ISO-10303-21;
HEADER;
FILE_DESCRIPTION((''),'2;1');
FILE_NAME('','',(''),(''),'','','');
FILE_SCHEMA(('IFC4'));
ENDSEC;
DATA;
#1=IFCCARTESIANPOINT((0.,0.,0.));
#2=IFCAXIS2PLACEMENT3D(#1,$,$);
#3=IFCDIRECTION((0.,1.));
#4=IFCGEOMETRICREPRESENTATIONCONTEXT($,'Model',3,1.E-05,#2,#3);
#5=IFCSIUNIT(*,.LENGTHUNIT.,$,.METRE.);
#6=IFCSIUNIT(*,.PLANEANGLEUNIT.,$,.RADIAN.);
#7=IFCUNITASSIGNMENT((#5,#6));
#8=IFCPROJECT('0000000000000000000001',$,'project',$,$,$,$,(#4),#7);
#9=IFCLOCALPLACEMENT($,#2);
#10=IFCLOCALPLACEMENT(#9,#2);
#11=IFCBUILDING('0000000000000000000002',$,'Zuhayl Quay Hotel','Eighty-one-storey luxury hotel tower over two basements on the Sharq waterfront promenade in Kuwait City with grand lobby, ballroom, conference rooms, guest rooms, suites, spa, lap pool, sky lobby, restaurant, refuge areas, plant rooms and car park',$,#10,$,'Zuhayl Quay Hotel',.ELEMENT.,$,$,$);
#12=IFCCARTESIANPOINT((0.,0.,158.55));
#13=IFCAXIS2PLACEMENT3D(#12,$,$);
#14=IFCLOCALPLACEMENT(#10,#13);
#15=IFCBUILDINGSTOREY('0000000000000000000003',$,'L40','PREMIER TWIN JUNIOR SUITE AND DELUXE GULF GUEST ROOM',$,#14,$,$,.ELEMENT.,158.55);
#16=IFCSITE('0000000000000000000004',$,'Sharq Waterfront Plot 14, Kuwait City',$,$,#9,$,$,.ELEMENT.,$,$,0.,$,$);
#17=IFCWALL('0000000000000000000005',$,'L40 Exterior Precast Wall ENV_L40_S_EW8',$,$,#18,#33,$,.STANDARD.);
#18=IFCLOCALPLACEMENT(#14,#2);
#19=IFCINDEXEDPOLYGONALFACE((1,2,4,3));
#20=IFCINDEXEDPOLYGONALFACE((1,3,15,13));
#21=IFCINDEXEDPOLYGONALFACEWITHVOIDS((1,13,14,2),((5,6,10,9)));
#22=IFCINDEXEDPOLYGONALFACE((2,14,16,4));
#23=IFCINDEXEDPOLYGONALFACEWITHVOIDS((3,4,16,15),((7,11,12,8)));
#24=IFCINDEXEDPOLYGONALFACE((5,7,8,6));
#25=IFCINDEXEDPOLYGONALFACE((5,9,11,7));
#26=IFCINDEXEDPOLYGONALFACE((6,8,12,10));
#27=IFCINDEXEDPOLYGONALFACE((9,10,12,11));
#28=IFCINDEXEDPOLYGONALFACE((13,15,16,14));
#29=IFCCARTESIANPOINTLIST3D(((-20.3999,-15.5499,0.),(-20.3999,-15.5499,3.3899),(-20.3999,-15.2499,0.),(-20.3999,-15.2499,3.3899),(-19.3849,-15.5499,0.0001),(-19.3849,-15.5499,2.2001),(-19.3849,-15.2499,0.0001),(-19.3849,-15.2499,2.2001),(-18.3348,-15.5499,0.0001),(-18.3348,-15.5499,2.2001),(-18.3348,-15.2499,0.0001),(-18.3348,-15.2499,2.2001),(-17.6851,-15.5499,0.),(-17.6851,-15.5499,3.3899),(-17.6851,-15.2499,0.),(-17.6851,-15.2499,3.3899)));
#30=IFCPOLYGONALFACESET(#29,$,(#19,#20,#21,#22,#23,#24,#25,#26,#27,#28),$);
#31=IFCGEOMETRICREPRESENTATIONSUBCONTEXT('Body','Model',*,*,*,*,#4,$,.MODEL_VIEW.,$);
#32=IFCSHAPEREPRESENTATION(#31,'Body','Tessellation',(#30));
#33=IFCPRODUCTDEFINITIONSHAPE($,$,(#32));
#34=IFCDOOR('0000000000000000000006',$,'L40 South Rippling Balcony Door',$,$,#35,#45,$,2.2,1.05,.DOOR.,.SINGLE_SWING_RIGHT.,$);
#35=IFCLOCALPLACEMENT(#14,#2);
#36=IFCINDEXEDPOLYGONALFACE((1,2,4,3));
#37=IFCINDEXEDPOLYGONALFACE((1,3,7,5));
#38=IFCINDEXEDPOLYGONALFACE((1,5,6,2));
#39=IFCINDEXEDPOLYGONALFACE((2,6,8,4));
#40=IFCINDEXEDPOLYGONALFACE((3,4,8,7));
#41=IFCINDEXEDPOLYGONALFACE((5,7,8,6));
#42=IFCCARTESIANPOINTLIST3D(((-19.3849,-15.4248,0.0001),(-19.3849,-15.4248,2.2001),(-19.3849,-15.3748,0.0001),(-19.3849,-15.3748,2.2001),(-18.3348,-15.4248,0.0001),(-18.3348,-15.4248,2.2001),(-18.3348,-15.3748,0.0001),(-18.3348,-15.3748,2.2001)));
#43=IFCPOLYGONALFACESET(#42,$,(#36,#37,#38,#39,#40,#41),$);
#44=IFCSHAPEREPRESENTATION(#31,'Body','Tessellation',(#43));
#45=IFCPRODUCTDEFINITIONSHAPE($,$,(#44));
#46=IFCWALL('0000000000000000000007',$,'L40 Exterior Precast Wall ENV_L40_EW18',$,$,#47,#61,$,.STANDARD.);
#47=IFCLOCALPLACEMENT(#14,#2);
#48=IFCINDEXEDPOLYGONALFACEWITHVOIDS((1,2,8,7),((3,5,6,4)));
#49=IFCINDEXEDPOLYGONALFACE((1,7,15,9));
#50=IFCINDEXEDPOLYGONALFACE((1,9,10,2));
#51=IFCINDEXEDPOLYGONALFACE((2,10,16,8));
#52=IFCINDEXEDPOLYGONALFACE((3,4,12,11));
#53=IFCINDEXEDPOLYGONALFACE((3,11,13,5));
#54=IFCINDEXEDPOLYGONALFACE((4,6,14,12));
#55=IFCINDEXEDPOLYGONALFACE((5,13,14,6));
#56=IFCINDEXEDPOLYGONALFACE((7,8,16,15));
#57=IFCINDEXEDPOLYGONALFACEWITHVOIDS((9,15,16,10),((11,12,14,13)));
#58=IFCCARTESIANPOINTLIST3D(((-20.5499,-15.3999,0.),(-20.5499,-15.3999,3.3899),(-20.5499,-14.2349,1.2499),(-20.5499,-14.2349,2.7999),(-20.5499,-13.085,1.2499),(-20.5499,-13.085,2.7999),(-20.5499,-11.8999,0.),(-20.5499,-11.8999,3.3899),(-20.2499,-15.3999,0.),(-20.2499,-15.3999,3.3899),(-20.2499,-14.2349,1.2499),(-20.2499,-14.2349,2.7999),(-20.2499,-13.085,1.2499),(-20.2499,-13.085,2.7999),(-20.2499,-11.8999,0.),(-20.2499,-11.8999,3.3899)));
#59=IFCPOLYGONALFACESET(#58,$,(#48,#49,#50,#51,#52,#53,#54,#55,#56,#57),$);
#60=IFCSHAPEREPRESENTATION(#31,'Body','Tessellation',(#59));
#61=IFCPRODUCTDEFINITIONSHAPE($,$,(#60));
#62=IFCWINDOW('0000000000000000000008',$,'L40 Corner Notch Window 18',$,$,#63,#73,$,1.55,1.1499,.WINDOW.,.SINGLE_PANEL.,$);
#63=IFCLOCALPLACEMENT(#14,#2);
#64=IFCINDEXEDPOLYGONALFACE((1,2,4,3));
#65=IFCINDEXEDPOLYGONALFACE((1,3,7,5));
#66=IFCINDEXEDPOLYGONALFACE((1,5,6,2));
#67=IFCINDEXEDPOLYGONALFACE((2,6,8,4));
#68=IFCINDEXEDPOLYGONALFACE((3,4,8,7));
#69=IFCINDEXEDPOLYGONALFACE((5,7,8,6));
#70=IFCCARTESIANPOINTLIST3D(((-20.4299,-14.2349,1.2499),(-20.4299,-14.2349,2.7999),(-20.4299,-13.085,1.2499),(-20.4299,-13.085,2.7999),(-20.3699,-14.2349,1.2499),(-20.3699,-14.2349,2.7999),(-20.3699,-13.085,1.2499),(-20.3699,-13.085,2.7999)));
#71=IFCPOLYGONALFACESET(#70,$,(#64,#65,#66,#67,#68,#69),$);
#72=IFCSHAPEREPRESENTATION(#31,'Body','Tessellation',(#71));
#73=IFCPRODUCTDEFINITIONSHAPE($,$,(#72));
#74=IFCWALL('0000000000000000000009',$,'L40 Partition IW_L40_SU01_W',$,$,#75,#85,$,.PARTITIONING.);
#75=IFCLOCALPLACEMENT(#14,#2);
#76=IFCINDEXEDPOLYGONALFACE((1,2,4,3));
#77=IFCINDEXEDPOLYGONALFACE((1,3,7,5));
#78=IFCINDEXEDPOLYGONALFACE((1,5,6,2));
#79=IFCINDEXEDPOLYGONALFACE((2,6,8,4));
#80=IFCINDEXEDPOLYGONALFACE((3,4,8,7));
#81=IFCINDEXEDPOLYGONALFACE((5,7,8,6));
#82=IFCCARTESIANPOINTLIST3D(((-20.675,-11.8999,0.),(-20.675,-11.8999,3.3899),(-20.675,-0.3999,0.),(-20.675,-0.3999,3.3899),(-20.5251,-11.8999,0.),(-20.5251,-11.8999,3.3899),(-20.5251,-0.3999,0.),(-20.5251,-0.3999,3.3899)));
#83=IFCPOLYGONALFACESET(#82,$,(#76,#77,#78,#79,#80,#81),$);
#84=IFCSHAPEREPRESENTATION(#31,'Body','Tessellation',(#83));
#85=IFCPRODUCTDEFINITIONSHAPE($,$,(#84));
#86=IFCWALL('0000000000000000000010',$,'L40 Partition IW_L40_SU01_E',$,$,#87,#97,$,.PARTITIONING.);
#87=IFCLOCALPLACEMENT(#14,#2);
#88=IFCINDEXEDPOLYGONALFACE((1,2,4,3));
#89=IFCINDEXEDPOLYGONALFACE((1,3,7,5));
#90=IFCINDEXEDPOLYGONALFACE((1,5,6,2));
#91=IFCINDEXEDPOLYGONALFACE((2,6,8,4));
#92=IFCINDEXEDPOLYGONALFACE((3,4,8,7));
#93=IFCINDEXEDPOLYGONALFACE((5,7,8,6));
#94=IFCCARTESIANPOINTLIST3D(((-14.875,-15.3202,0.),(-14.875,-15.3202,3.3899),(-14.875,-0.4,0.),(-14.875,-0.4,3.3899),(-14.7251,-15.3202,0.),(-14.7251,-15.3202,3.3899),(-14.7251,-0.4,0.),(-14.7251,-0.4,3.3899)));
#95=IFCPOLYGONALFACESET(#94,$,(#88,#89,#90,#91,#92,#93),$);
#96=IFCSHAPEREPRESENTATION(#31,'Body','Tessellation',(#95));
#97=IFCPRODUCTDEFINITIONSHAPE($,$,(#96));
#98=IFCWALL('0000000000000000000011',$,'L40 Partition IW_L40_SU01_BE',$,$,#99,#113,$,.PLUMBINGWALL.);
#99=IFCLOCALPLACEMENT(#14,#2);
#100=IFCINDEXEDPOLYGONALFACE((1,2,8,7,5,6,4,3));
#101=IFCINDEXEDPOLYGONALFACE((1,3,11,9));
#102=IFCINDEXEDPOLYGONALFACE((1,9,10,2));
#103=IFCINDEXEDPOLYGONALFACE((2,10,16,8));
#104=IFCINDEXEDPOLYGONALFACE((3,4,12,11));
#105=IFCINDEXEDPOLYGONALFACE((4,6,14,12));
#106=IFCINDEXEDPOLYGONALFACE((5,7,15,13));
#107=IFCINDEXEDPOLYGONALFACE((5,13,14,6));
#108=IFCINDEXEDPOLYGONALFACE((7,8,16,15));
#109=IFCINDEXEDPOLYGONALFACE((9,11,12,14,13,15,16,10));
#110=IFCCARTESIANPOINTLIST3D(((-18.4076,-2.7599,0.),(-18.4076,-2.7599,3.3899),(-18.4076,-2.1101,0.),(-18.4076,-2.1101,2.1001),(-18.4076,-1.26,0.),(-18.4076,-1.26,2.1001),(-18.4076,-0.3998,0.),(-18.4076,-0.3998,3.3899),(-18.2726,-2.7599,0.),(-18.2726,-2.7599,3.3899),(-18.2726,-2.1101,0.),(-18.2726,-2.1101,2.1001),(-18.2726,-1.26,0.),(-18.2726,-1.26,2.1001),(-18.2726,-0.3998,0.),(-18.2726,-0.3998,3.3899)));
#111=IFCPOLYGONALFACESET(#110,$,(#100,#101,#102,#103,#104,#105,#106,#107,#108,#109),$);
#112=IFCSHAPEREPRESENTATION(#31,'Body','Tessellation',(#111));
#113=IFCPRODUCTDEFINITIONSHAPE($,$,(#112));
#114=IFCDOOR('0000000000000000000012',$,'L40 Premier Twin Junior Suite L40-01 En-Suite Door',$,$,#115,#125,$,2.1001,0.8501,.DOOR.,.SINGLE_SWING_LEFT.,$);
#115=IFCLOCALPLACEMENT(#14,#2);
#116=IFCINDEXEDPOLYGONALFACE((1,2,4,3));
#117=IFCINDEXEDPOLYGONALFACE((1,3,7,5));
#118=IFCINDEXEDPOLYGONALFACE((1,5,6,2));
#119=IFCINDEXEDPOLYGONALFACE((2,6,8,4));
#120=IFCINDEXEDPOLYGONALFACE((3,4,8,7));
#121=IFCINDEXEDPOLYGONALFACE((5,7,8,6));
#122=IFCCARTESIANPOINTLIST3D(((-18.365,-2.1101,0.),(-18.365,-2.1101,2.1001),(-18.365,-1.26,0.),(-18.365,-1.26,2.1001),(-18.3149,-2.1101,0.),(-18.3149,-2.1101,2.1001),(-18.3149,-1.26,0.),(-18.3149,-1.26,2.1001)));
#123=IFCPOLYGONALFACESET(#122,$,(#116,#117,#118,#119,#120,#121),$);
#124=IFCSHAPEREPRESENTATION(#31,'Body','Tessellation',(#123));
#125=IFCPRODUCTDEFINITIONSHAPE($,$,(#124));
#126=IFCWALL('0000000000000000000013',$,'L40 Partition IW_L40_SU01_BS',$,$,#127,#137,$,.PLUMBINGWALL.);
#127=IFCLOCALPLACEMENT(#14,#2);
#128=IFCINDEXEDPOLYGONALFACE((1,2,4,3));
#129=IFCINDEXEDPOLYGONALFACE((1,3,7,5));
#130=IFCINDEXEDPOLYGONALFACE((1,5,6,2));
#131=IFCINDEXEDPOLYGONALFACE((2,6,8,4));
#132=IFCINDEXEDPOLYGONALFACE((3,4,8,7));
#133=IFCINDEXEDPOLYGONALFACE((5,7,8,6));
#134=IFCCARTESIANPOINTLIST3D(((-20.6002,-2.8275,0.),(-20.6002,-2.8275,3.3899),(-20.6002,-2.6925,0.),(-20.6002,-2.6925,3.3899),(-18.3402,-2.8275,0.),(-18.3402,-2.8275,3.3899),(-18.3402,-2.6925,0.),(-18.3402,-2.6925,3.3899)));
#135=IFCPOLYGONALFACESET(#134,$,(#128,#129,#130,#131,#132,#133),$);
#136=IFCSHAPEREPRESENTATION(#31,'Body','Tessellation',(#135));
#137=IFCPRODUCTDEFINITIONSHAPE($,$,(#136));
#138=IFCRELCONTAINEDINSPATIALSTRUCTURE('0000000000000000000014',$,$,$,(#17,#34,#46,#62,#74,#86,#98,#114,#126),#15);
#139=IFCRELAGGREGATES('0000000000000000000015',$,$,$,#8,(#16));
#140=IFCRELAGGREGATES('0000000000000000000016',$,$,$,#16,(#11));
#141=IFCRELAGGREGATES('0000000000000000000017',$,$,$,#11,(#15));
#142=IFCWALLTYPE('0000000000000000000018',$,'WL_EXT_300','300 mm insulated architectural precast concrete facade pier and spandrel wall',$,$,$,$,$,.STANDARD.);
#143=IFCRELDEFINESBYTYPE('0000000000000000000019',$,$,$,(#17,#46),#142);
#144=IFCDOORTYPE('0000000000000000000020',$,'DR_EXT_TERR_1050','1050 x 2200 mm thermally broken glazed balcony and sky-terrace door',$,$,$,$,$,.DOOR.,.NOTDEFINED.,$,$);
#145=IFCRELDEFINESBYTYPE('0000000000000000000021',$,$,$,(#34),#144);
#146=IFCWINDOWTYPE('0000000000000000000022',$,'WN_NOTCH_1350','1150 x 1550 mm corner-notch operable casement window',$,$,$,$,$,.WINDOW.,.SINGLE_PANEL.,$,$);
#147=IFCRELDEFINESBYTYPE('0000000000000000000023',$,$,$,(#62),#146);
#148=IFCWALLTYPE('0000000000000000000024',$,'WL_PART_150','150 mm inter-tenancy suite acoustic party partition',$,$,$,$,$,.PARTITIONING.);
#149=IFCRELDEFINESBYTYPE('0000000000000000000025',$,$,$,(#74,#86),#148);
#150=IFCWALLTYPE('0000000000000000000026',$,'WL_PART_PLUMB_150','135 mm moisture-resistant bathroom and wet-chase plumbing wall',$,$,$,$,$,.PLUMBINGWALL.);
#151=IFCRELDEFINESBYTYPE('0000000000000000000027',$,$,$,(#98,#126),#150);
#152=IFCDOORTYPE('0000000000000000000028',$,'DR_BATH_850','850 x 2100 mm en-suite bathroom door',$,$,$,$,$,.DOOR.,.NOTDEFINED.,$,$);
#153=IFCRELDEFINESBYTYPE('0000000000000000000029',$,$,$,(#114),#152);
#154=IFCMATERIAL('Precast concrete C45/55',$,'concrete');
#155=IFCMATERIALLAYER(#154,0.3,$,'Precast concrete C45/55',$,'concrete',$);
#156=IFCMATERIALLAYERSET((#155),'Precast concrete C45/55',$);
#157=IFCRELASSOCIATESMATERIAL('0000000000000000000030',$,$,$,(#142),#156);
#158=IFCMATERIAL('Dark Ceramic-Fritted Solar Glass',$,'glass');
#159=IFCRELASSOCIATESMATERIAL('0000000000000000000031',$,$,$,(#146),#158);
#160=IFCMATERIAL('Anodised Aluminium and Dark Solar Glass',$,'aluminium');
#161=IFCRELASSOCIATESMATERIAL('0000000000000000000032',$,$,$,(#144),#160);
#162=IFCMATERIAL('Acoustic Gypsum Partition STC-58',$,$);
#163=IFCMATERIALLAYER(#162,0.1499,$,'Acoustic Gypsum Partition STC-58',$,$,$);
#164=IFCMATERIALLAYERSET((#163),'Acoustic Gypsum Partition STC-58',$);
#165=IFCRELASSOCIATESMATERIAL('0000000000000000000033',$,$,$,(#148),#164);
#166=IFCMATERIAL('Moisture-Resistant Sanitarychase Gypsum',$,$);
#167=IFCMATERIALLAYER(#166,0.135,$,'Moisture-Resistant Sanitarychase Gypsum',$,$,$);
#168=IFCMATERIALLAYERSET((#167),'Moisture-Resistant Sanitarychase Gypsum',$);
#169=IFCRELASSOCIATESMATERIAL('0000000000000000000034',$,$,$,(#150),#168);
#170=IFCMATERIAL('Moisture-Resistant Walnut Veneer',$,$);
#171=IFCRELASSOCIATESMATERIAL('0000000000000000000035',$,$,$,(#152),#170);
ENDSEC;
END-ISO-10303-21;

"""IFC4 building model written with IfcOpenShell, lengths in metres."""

from ifc_helpers import new_model, si_unit, direction, frame, frame_2d, origin, place, context, subcontext, project, spatial, rectangle, extrude, material, layer, layer_set, type_object, element, fill, save


model = new_model("IFC4")

# Units and contexts
model_context = context("Model", 3, precision=1e-05, world=origin(), true_north=direction((0.0, 1.0)))
body_context = subcontext(model_context, "Body", "Model", "MODEL_VIEW")
ifc_project = project(units=[si_unit("LENGTHUNIT", "METRE"), si_unit("PLANEANGLEUNIT", "RADIAN")], contexts=[model_context])

# Site, building, storey
site_placement = place(None, origin())
site = spatial("IfcSite", under=ifc_project, at=site_placement, Name="Sharq Waterfront Plot 14, Kuwait City", CompositionType="ELEMENT", RefElevation=0.0)
building_placement = place(site_placement, origin())
building = spatial("IfcBuilding", under=site, at=building_placement, Name="Zuhayl Quay Hotel", Description="Eighty-one-storey luxury hotel tower over two basements on the Sharq waterfront promenade in Kuwait City with grand lobby, ballroom, conference rooms, guest rooms, suites, spa, lap pool, sky lobby, restaurant, refuge areas, plant rooms and car park", LongName="Zuhayl Quay Hotel", CompositionType="ELEMENT")
storey_placement = place(building_placement, frame((0.0, 0.0, 158.55)))
storey = spatial("IfcBuildingStorey", under=building, at=storey_placement, Name="L40", Description="PREMIER TWIN JUNIOR SUITE AND DELUXE GULF GUEST ROOM", CompositionType="ELEMENT", Elevation=158.55)

# Shared definitions
ifc_material_1 = material(Name="Dark Ceramic-Fritted Solar Glass", Category="glass")

# Shared definitions
ifc_material_2 = material(Name="Precast concrete C45/55", Category="concrete")
ifc_layer_1 = layer(ifc_material_2, 0.3, Name="Precast concrete C45/55", Category="concrete")
ifc_layer_set_1 = layer_set([ifc_layer_1], Name="Precast concrete C45/55")
wall_type_1 = type_object("IfcWallType", Name="WL_EXT_300", Description="300 mm insulated architectural precast concrete facade pier and spandrel wall", PredefinedType="STANDARD", material=ifc_layer_set_1)
window_type = type_object("IfcWindowType", Name="WN_NOTCH_1350", Description="1150 x 1550 mm corner-notch operable casement window", PartitioningType="SINGLE_PANEL", PredefinedType="WINDOW", material=ifc_material_1)

# Wall, opening, door
wall_1_placement = place(storey_placement, frame((-17.6851, -15.3999, 0.0), z_axis=(0.0, 0.0, 1.0), x_axis=(-1.0, 0.0, 0.0)))
wall_1 = element("IfcWall", 1, at=wall_1_placement, inside=storey, type_object=wall_type_1, Name="L40 Exterior Precast Wall ENV_L40_S_EW8", PredefinedType="STANDARD", context=body_context, shape_type="SweptSolid", body=[
    extrude(rectangle(XDim=2.7148, YDim=0.3, at=frame_2d((1.3574, 0.0))), origin(), (0.0, 0.0, 1.0), 3.3899),
])
opening_1_placement = place(wall_1_placement, frame((0.6499, 0.0, 0.0)))
opening_1 = element("IfcOpeningElement", 2, at=opening_1_placement, cuts=wall_1, PredefinedType="OPENING", context=body_context, shape_type="SweptSolid", body=[
    extrude(rectangle(XDim=1.05, YDim=2.2, at=frame_2d((0.5249, 1.1001))), frame((0.0, 0.1599, 0.0), z_axis=(0.0, -1.0, 0.0), x_axis=(1.0, 0.0, 0.0)), (0.0, 0.0, 1.0), 0.3201),
])
ifc_material_3 = material(Name="Anodised Aluminium and Dark Solar Glass", Category="aluminium")
door_type_1 = type_object("IfcDoorType", Name="DR_EXT_TERR_1050", Description="1050 x 2200 mm thermally broken glazed balcony and sky-terrace door", OperationType="NOTDEFINED", PredefinedType="DOOR", material=ifc_material_3)
door_1_placement = place(opening_1_placement, origin())
door_1 = element("IfcDoor", 3, at=door_1_placement, inside=storey, type_object=door_type_1, Name="L40 South Rippling Balcony Door", OperationType="SINGLE_SWING_RIGHT", OverallHeight=2.2, OverallWidth=1.05, PredefinedType="DOOR", context=body_context, shape_type="SweptSolid", body=[
    extrude(rectangle(XDim=1.05, YDim=2.2, at=frame_2d((0.5249, 1.1001))), frame((0.0, 0.0249, 0.0), z_axis=(0.0, -1.0, 0.0), x_axis=(1.0, 0.0, 0.0)), (0.0, 0.0, 1.0), 0.05),
])
fill(opening_1, door_1)

# Wall, opening, window
wall_2_placement = place(storey_placement, frame((-20.3999, -15.3999, 0.0), z_axis=(0.0, 0.0, 1.0), x_axis=(0.0, 1.0, 0.0)))
wall_2 = element("IfcWall", 4, at=wall_2_placement, inside=storey, type_object=wall_type_1, Name="L40 Exterior Precast Wall ENV_L40_EW18", PredefinedType="STANDARD", context=body_context, shape_type="SweptSolid", body=[
    extrude(rectangle(XDim=3.5, YDim=0.3, at=frame_2d((1.75, 0.0))), origin(), (0.0, 0.0, 1.0), 3.3899),
])
opening_2_placement = place(wall_2_placement, frame((1.165, 0.0, 1.25)))
opening_2 = element("IfcOpeningElement", 5, at=opening_2_placement, cuts=wall_2, PredefinedType="OPENING", context=body_context, shape_type="SweptSolid", body=[
    extrude(rectangle(XDim=1.1499, YDim=1.55, at=frame_2d((0.575, 0.7749))), frame((0.0, 0.1599, 0.0), z_axis=(0.0, -1.0, 0.0), x_axis=(1.0, 0.0, 0.0)), (0.0, 0.0, 1.0), 0.3201),
])
window_1_placement = place(opening_2_placement, origin())
window_1 = element("IfcWindow", 6, at=window_1_placement, inside=storey, type_object=window_type, Name="L40 Corner Notch Window 18", OverallHeight=1.55, OverallWidth=1.1499, PartitioningType="SINGLE_PANEL", PredefinedType="WINDOW", context=body_context, shape_type="SweptSolid", body=[
    extrude(rectangle(XDim=1.1499, YDim=1.55, at=frame_2d((0.575, 0.7749))), frame((0.0, 0.03, 0.0), z_axis=(0.0, -1.0, 0.0), x_axis=(1.0, 0.0, 0.0)), (0.0, 0.0, 1.0), 0.0601),
])
fill(opening_2, window_1)

# Walls
ifc_material_4 = material(Name="Acoustic Gypsum Partition STC-58")
ifc_layer_2 = layer(ifc_material_4, 0.1499, Name="Acoustic Gypsum Partition STC-58")
ifc_layer_set_2 = layer_set([ifc_layer_2], Name="Acoustic Gypsum Partition STC-58")
wall_type_2 = type_object("IfcWallType", Name="WL_PART_150", Description="150 mm inter-tenancy suite acoustic party partition", PredefinedType="PARTITIONING", material=ifc_layer_set_2)
wall_3_placement = place(storey_placement, frame((-20.6001, -11.8999, 0.0), z_axis=(0.0, 0.0, 1.0), x_axis=(0.0, 1.0, 0.0)))
element("IfcWall", 7, at=wall_3_placement, inside=storey, type_object=wall_type_2, Name="L40 Partition IW_L40_SU01_W", PredefinedType="PARTITIONING", context=body_context, shape_type="SweptSolid", body=[
    extrude(rectangle(XDim=11.5, YDim=0.1499, at=frame_2d((5.75, 0.0))), origin(), (0.0, 0.0, 1.0), 3.3899),
])
wall_4_placement = place(storey_placement, frame((-14.8, -15.3201, 0.0), z_axis=(0.0, 0.0, 1.0), x_axis=(0.0, 1.0, 0.0)))
element("IfcWall", 8, at=wall_4_placement, inside=storey, type_object=wall_type_2, Name="L40 Partition IW_L40_SU01_E", PredefinedType="PARTITIONING", context=body_context, shape_type="SweptSolid", body=[
    extrude(rectangle(XDim=14.9202, YDim=0.1499, at=frame_2d((7.46, 0.0))), origin(), (0.0, 0.0, 1.0), 3.3899),
])

# Wall, opening, door
ifc_material_5 = material(Name="Moisture-Resistant Sanitarychase Gypsum")
ifc_layer_3 = layer(ifc_material_5, 0.135, Name="Moisture-Resistant Sanitarychase Gypsum")
ifc_layer_set_3 = layer_set([ifc_layer_3], Name="Moisture-Resistant Sanitarychase Gypsum")
wall_type_3 = type_object("IfcWallType", Name="WL_PART_PLUMB_150", Description="135 mm moisture-resistant bathroom and wet-chase plumbing wall", PredefinedType="PLUMBINGWALL", material=ifc_layer_set_3)
wall_5_placement = place(storey_placement, frame((-18.3401, -2.76, 0.0), z_axis=(0.0, 0.0, 1.0), x_axis=(0.0, 1.0, 0.0)))
wall_5 = element("IfcWall", 9, at=wall_5_placement, inside=storey, type_object=wall_type_3, Name="L40 Partition IW_L40_SU01_BE", PredefinedType="PLUMBINGWALL", context=body_context, shape_type="SweptSolid", body=[
    extrude(rectangle(XDim=2.3601, YDim=0.135, at=frame_2d((1.1802, 0.0))), origin(), (0.0, 0.0, 1.0), 3.3899),
])
opening_3_placement = place(wall_5_placement, frame((0.6499, 0.0, 0.0)))
opening_3 = element("IfcOpeningElement", 10, at=opening_3_placement, cuts=wall_5, PredefinedType="OPENING", context=body_context, shape_type="SweptSolid", body=[
    extrude(rectangle(XDim=0.8501, YDim=2.1001, at=frame_2d((0.425, 1.05))), frame((0.0, 0.0774, 0.0), z_axis=(0.0, -1.0, 0.0), x_axis=(1.0, 0.0, 0.0)), (0.0, 0.0, 1.0), 0.155),
])
ifc_material_6 = material(Name="Moisture-Resistant Walnut Veneer")
door_type_2 = type_object("IfcDoorType", Name="DR_BATH_850", Description="850 x 2100 mm en-suite bathroom door", OperationType="NOTDEFINED", PredefinedType="DOOR", material=ifc_material_6)
door_2_placement = place(opening_3_placement, origin())
door_2 = element("IfcDoor", 11, at=door_2_placement, inside=storey, type_object=door_type_2, Name="L40 Premier Twin Junior Suite L40-01 En-Suite Door", OperationType="SINGLE_SWING_LEFT", OverallHeight=2.1001, OverallWidth=0.8501, PredefinedType="DOOR", context=body_context, shape_type="SweptSolid", body=[
    extrude(rectangle(XDim=0.8501, YDim=2.1001, at=frame_2d((0.425, 1.05))), frame((0.0, 0.0249, 0.0), z_axis=(0.0, -1.0, 0.0), x_axis=(1.0, 0.0, 0.0)), (0.0, 0.0, 1.0), 0.05),
])
fill(opening_3, door_2)

# Wall
wall_6_placement = place(storey_placement, frame((-20.6001, -2.76, 0.0), z_axis=(0.0, 0.0, 1.0), x_axis=(1.0, 0.0, 0.0)))
element("IfcWall", 12, at=wall_6_placement, inside=storey, type_object=wall_type_3, Name="L40 Partition IW_L40_SU01_BS", PredefinedType="PLUMBINGWALL", context=body_context, shape_type="SweptSolid", body=[
    extrude(rectangle(XDim=2.26, YDim=0.135, at=frame_2d((1.1299, 0.0))), origin(), (0.0, 0.0, 1.0), 3.3899),
])

save(model, "model.ifc")
